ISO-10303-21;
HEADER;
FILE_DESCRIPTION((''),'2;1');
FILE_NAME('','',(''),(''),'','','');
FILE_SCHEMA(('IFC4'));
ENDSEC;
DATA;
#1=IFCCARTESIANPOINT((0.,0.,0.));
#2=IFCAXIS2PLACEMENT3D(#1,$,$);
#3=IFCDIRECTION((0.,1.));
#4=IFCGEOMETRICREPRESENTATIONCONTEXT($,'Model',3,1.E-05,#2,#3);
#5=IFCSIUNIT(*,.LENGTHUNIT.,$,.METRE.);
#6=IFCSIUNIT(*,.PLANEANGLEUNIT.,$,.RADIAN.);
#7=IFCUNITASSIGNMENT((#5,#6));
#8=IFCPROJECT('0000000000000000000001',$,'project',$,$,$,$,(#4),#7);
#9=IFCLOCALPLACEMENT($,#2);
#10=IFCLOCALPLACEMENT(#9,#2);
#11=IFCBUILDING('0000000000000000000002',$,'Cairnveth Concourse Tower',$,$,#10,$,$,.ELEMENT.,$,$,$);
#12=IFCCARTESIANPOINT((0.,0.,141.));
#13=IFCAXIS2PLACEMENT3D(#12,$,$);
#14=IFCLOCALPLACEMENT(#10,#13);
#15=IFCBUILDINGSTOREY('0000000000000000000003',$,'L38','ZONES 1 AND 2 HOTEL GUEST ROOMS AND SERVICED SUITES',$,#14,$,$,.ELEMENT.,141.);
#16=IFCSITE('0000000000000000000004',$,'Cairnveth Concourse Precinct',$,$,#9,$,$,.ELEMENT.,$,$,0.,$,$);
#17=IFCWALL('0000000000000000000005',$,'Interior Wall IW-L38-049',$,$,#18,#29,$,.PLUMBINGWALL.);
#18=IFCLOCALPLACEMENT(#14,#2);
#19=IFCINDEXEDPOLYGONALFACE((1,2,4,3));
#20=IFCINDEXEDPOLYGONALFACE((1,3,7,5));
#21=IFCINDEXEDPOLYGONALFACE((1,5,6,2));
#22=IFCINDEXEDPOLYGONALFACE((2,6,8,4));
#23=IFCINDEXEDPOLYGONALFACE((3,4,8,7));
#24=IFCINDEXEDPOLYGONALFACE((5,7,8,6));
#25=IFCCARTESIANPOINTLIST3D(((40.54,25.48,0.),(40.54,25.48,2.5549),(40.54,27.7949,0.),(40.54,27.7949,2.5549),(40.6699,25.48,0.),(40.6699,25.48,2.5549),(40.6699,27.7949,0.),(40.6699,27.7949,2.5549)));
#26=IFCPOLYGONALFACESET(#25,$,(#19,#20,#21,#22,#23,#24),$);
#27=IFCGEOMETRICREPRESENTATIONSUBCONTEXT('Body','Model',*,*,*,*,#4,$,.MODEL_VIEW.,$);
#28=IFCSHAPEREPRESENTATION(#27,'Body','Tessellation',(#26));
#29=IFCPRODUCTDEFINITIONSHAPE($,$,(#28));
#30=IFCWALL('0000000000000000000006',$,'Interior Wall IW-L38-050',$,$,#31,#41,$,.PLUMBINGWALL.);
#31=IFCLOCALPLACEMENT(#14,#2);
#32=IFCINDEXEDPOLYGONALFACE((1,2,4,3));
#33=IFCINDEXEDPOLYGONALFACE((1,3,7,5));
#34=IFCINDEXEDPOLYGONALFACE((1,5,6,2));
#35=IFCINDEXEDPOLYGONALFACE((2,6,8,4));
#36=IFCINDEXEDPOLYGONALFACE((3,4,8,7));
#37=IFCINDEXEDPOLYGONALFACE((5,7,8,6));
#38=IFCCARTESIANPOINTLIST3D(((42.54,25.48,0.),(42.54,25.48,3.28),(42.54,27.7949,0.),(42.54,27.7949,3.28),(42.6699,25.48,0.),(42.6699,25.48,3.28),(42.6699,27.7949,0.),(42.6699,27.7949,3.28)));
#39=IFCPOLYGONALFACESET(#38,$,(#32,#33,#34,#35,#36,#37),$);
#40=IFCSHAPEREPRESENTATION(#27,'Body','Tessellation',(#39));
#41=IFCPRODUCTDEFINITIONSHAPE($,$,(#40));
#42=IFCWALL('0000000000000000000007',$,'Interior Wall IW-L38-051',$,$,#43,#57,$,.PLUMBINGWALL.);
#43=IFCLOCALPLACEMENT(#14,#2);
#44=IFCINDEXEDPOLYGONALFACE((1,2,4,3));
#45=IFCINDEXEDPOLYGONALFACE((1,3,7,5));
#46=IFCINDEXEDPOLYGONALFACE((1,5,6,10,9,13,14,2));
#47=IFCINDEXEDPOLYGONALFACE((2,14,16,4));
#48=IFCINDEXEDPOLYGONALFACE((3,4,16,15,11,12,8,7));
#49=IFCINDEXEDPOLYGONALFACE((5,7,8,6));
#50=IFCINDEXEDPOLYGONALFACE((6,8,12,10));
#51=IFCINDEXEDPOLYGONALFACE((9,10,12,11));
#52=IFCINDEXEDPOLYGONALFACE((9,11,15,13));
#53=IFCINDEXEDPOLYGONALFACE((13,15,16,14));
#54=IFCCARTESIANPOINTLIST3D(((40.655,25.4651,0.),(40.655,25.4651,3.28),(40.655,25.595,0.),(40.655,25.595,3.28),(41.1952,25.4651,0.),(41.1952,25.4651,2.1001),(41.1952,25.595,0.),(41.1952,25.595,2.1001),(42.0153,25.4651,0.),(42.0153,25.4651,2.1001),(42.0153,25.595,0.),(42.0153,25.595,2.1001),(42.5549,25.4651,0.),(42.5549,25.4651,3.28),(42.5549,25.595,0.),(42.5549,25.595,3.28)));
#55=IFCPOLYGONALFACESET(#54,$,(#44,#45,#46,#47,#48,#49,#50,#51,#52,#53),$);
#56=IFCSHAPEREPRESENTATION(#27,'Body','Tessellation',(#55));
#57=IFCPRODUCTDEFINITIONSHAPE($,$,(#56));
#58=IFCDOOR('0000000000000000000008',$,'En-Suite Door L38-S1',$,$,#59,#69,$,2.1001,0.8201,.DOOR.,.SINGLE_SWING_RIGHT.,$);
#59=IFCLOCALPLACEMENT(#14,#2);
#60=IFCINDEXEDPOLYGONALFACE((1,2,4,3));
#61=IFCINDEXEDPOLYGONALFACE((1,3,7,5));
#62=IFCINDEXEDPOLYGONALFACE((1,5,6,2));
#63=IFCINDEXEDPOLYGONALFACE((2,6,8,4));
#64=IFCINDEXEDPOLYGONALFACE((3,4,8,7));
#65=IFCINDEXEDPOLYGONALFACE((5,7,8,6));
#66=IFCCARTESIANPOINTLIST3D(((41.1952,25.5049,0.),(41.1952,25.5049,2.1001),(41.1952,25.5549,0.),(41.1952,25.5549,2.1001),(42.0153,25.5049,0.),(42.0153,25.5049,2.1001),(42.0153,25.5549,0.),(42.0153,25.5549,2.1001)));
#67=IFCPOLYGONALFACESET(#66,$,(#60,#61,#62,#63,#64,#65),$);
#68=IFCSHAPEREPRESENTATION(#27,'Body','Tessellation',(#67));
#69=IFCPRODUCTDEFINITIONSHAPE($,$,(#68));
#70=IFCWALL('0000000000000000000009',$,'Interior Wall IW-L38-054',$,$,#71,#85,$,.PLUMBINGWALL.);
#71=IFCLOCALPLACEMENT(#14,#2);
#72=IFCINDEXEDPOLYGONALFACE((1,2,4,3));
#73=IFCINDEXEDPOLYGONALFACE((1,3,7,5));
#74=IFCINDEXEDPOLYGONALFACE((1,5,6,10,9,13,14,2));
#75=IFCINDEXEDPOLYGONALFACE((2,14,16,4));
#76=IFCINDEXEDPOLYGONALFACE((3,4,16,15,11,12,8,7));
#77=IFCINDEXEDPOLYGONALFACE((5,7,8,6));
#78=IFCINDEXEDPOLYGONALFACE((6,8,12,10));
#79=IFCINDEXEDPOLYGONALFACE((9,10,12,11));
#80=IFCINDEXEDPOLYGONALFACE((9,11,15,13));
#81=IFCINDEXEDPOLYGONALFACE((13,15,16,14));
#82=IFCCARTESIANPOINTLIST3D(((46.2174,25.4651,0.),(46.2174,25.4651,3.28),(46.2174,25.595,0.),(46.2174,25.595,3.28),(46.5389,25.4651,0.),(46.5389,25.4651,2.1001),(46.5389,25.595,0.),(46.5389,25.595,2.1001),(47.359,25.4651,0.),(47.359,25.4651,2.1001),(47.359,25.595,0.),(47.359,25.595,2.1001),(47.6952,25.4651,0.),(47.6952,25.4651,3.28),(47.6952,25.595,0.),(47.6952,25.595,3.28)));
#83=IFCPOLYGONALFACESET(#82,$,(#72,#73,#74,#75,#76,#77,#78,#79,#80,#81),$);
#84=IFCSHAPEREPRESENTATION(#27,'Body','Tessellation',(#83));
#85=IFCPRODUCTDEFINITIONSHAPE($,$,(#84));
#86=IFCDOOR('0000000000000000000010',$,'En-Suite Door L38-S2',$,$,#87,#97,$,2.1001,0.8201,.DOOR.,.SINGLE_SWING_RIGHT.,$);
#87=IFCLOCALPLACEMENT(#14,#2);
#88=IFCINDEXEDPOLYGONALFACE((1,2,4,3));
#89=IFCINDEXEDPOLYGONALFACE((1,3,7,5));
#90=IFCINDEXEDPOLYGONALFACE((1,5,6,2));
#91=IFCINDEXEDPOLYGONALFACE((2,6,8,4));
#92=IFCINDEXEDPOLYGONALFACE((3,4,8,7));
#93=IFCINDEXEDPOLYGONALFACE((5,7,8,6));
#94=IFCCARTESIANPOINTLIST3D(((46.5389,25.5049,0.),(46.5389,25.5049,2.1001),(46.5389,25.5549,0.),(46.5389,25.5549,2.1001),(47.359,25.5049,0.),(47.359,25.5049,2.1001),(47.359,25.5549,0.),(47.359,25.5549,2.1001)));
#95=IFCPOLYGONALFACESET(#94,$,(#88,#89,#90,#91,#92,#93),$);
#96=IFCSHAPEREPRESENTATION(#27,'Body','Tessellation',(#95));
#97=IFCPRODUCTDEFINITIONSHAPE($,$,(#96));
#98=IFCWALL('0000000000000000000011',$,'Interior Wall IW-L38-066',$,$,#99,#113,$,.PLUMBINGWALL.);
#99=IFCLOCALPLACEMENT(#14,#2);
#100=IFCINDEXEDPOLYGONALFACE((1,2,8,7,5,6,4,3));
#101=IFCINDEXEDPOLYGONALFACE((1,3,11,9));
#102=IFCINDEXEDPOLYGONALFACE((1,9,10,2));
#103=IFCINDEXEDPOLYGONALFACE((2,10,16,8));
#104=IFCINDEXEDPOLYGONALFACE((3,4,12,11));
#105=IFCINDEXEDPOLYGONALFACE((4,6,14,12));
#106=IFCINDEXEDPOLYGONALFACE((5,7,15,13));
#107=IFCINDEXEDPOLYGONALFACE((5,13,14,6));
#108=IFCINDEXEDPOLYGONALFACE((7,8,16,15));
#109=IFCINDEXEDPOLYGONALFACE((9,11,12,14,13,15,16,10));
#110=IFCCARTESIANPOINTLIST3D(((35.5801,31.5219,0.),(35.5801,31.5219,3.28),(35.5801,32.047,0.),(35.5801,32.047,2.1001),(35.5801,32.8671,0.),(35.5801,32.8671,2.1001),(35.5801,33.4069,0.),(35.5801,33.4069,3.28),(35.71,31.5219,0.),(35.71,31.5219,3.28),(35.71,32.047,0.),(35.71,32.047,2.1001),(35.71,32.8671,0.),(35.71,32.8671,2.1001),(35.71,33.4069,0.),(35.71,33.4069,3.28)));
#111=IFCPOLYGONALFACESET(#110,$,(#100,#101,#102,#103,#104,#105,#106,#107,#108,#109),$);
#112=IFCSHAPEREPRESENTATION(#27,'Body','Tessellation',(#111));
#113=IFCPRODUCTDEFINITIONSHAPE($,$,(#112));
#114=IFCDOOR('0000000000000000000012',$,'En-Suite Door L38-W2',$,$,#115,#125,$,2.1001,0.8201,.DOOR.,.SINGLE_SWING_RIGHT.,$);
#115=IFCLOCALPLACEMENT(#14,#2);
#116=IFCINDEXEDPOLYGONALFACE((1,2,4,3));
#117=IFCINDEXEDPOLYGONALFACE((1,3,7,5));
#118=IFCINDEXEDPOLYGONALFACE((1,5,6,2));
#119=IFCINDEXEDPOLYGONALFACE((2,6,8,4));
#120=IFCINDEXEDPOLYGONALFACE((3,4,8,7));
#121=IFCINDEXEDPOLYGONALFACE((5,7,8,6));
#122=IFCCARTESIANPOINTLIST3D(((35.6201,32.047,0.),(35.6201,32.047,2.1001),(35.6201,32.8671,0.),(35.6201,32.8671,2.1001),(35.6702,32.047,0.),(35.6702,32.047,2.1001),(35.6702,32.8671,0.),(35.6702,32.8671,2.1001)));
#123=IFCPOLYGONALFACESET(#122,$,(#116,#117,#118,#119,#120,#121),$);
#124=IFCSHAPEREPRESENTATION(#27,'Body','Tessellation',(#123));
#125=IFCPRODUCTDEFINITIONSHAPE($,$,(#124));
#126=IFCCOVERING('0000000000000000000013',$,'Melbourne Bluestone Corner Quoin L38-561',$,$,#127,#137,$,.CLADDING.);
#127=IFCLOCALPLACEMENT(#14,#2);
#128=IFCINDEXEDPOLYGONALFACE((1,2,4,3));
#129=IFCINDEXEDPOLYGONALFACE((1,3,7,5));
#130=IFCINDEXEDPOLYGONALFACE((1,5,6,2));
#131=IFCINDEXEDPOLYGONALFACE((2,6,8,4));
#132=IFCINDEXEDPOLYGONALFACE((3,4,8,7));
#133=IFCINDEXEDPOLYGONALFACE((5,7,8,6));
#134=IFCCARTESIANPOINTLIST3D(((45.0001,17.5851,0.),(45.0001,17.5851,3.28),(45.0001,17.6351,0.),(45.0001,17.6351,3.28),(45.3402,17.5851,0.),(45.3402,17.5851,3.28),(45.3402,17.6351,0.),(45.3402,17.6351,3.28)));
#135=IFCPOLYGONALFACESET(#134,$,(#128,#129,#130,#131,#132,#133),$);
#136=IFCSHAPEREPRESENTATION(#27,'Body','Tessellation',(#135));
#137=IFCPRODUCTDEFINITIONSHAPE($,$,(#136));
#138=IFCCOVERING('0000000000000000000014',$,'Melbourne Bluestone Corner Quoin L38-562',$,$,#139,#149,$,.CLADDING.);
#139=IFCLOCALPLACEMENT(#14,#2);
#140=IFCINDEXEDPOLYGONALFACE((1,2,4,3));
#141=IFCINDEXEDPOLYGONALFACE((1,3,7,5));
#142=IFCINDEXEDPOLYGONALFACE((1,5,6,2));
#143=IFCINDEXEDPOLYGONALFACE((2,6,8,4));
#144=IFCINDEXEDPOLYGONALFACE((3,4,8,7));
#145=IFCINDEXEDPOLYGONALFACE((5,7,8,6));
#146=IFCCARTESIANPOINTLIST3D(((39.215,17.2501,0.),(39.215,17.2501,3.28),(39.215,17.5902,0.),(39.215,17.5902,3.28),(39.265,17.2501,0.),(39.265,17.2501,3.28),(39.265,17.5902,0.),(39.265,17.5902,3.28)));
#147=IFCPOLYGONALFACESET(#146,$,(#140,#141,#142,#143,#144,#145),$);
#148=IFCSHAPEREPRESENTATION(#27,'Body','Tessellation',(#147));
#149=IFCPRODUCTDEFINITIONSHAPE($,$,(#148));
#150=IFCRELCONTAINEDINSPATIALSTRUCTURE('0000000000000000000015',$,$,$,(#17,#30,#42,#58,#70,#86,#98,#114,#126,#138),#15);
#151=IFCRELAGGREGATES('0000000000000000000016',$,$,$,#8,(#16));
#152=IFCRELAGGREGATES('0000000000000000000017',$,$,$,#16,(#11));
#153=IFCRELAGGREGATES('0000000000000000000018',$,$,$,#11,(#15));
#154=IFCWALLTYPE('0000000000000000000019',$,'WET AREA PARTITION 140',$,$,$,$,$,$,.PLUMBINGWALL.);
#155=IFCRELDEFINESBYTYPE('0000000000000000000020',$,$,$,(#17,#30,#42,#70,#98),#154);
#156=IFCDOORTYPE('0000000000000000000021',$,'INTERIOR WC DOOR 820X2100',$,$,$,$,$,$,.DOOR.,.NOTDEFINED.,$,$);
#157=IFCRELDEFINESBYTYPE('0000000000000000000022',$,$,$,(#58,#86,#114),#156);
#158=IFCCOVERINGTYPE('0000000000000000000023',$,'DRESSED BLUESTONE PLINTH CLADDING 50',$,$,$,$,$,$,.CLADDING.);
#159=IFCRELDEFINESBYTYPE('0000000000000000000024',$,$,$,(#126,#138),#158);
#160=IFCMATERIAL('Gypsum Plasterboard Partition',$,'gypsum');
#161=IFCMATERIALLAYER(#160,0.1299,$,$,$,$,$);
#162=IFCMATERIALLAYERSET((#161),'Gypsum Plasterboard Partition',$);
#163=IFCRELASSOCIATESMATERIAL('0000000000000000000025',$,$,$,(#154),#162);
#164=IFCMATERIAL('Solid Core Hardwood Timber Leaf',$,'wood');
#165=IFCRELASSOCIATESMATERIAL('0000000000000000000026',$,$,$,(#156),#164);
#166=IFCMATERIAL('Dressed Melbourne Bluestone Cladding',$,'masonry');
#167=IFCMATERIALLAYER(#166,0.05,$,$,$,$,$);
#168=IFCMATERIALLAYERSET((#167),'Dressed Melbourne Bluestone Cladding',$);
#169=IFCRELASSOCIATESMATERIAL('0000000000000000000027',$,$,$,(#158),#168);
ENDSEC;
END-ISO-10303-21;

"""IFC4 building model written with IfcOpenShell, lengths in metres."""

from ifc_helpers import new_model, si_unit, direction, frame, frame_2d, origin, place, context, subcontext, project, spatial, rectangle, extrude, material, layer, layer_set, type_object, element, fill, save


model = new_model("IFC4")

# Units and contexts
model_context = context("Model", 3, precision=1e-05, world=origin(), true_north=direction((0.0, 1.0)))
body_context = subcontext(model_context, "Body", "Model", "MODEL_VIEW")
ifc_project = project(units=[si_unit("LENGTHUNIT", "METRE"), si_unit("PLANEANGLEUNIT", "RADIAN")], contexts=[model_context])

# Site, building, storey
site_placement = place(None, origin())
site = spatial("IfcSite", under=ifc_project, at=site_placement, Name="Cairnveth Concourse Precinct", CompositionType="ELEMENT", RefElevation=0.0)
building_placement = place(site_placement, origin())
building = spatial("IfcBuilding", under=site, at=building_placement, Name="Cairnveth Concourse Tower", CompositionType="ELEMENT")
storey_placement = place(building_placement, frame((0.0, 0.0, 141.0)))
storey = spatial("IfcBuildingStorey", under=building, at=storey_placement, Name="L38", Description="ZONES 1 AND 2 HOTEL GUEST ROOMS AND SERVICED SUITES", CompositionType="ELEMENT", Elevation=141.0)

# Shared definitions
ifc_material_1 = material(Name="Gypsum Plasterboard Partition", Category="gypsum")

# Shared definitions
ifc_material_2 = material(Name="Solid Core Hardwood Timber Leaf", Category="wood")

# Walls
ifc_layer_1 = layer(ifc_material_1, 0.1299)
ifc_layer_set_1 = layer_set([ifc_layer_1], Name="Gypsum Plasterboard Partition")
wall_type_1 = type_object("IfcWallType", Name="WET AREA PARTITION 140", PredefinedType="PLUMBINGWALL", material=ifc_layer_set_1)
wall_1_placement = place(storey_placement, frame((40.605, 25.48, 0.0), z_axis=(0.0, 0.0, 1.0), x_axis=(0.0, 1.0, 0.0)))
element("IfcWall", 1, at=wall_1_placement, inside=storey, type_object=wall_type_1, Name="Interior Wall IW-L38-049", PredefinedType="PLUMBINGWALL", context=body_context, shape_type="SweptSolid", body=[
    extrude(rectangle(XDim=2.3149, YDim=0.1299, at=frame_2d((1.1575, 0.0))), origin(), (0.0, 0.0, 1.0), 2.5549),
])
wall_2_placement = place(storey_placement, frame((42.605, 25.48, 0.0), z_axis=(0.0, 0.0, 1.0), x_axis=(0.0, 1.0, 0.0)))
element("IfcWall", 2, at=wall_2_placement, inside=storey, type_object=wall_type_1, Name="Interior Wall IW-L38-050", PredefinedType="PLUMBINGWALL", context=body_context, shape_type="SweptSolid", body=[
    extrude(rectangle(XDim=2.3149, YDim=0.1299, at=frame_2d((1.1575, 0.0))), origin(), (0.0, 0.0, 1.0), 3.28),
])

# Walls, openings, doors
wall_3_placement = place(storey_placement, frame((40.655, 25.53, 0.0), z_axis=(0.0, 0.0, 1.0), x_axis=(1.0, 0.0, 0.0)))
wall_3 = element("IfcWall", 3, at=wall_3_placement, inside=storey, type_object=wall_type_1, Name="Interior Wall IW-L38-051", PredefinedType="PLUMBINGWALL", context=body_context, shape_type="SweptSolid", body=[
    extrude(rectangle(XDim=1.8999, YDim=0.1299, at=frame_2d((0.95, 0.0))), origin(), (0.0, 0.0, 1.0), 3.28),
])
opening_1_placement = place(wall_3_placement, frame((0.54, 0.0, 0.0)))
opening_1 = element("IfcOpeningElement", 4, at=opening_1_placement, cuts=wall_3, PredefinedType="OPENING", context=body_context, shape_type="SweptSolid", body=[
    extrude(rectangle(XDim=0.8201, YDim=2.1001, at=frame_2d((0.4102, 1.05))), frame((0.0, 0.075, 0.0), z_axis=(0.0, -1.0, 0.0), x_axis=(1.0, 0.0, 0.0)), (0.0, 0.0, 1.0), 0.1499),
])
door_type_1 = type_object("IfcDoorType", Name="INTERIOR WC DOOR 820X2100", OperationType="NOTDEFINED", PredefinedType="DOOR", material=ifc_material_2)
door_1_placement = place(opening_1_placement, origin())
door_1 = element("IfcDoor", 5, at=door_1_placement, inside=storey, type_object=door_type_1, Name="En-Suite Door L38-S1", OperationType="SINGLE_SWING_RIGHT", OverallHeight=2.1001, OverallWidth=0.8201, PredefinedType="DOOR", context=body_context, shape_type="SweptSolid", body=[
    extrude(rectangle(XDim=0.8201, YDim=2.1001, at=frame_2d((0.4102, 1.05))), frame((0.0, 0.0249, 0.0), z_axis=(0.0, -1.0, 0.0), x_axis=(1.0, 0.0, 0.0)), (0.0, 0.0, 1.0), 0.05),
])
fill(opening_1, door_1)
wall_4_placement = place(storey_placement, frame((46.2175, 25.53, 0.0), z_axis=(0.0, 0.0, 1.0), x_axis=(1.0, 0.0, 0.0)))
wall_4 = element("IfcWall", 6, at=wall_4_placement, inside=storey, type_object=wall_type_1, Name="Interior Wall IW-L38-054", PredefinedType="PLUMBINGWALL", context=body_context, shape_type="SweptSolid", body=[
    extrude(rectangle(XDim=1.4778, YDim=0.1299, at=frame_2d((0.7388, 0.0))), origin(), (0.0, 0.0, 1.0), 3.28),
])
opening_2_placement = place(wall_4_placement, frame((0.3213, 0.0, 0.0)))
opening_2 = element("IfcOpeningElement", 7, at=opening_2_placement, cuts=wall_4, PredefinedType="OPENING", context=body_context, shape_type="SweptSolid", body=[
    extrude(rectangle(XDim=0.8201, YDim=2.1001, at=frame_2d((0.4102, 1.05))), frame((0.0, 0.075, 0.0), z_axis=(0.0, -1.0, 0.0), x_axis=(1.0, 0.0, 0.0)), (0.0, 0.0, 1.0), 0.1499),
])
door_2_placement = place(opening_2_placement, origin())
door_2 = element("IfcDoor", 8, at=door_2_placement, inside=storey, type_object=door_type_1, Name="En-Suite Door L38-S2", OperationType="SINGLE_SWING_RIGHT", OverallHeight=2.1001, OverallWidth=0.8201, PredefinedType="DOOR", context=body_context, shape_type="SweptSolid", body=[
    extrude(rectangle(XDim=0.8201, YDim=2.1001, at=frame_2d((0.4102, 1.05))), frame((0.0, 0.0249, 0.0), z_axis=(0.0, -1.0, 0.0), x_axis=(1.0, 0.0, 0.0)), (0.0, 0.0, 1.0), 0.05),
])
fill(opening_2, door_2)
wall_5_placement = place(storey_placement, frame((35.645, 31.522, 0.0), z_axis=(0.0, 0.0, 1.0), x_axis=(0.0, 1.0, 0.0)))
wall_5 = element("IfcWall", 9, at=wall_5_placement, inside=storey, type_object=wall_type_1, Name="Interior Wall IW-L38-066", PredefinedType="PLUMBINGWALL", context=body_context, shape_type="SweptSolid", body=[
    extrude(rectangle(XDim=1.885, YDim=0.1299, at=frame_2d((0.9424, 0.0))), origin(), (0.0, 0.0, 1.0), 3.28),
])
opening_3_placement = place(wall_5_placement, frame((0.5249, 0.0, 0.0)))
opening_3 = element("IfcOpeningElement", 10, at=opening_3_placement, cuts=wall_5, PredefinedType="OPENING", context=body_context, shape_type="SweptSolid", body=[
    extrude(rectangle(XDim=0.8201, YDim=2.1001, at=frame_2d((0.4102, 1.05))), frame((0.0, 0.075, 0.0), z_axis=(0.0, -1.0, 0.0), x_axis=(1.0, 0.0, 0.0)), (0.0, 0.0, 1.0), 0.1499),
])
door_3_placement = place(opening_3_placement, origin())
door_3 = element("IfcDoor", 11, at=door_3_placement, inside=storey, type_object=door_type_1, Name="En-Suite Door L38-W2", OperationType="SINGLE_SWING_RIGHT", OverallHeight=2.1001, OverallWidth=0.8201, PredefinedType="DOOR", context=body_context, shape_type="SweptSolid", body=[
    extrude(rectangle(XDim=0.8201, YDim=2.1001, at=frame_2d((0.4102, 1.05))), frame((0.0, 0.0249, 0.0), z_axis=(0.0, -1.0, 0.0), x_axis=(1.0, 0.0, 0.0)), (0.0, 0.0, 1.0), 0.05),
])
fill(opening_3, door_3)

# Coverings
ifc_material_3 = material(Name="Dressed Melbourne Bluestone Cladding", Category="masonry")
ifc_layer_2 = layer(ifc_material_3, 0.05)
ifc_layer_set_2 = layer_set([ifc_layer_2], Name="Dressed Melbourne Bluestone Cladding")
covering_type = type_object("IfcCoveringType", Name="DRESSED BLUESTONE PLINTH CLADDING 50", PredefinedType="CLADDING", material=ifc_layer_set_2)
for number, where, z_axis, x_axis, name in (
    (12, (45.3401, 17.6101, 0.0), (0.0, 0.0, 1.0), (-1.0, 0.0, 0.0), "Melbourne Bluestone Corner Quoin L38-561"),
    (13, (39.24, 17.5901, 0.0), (0.0, 0.0, 1.0), (0.0, -1.0, 0.0), "Melbourne Bluestone Corner Quoin L38-562"),
):
    element("IfcCovering", number, at=place(storey_placement, frame(where, z_axis=z_axis, x_axis=x_axis)), inside=storey, type_object=covering_type, Name=name, PredefinedType="CLADDING", context=body_context, shape_type="SweptSolid", body=[
        extrude(rectangle(XDim=0.3401, YDim=0.05, at=frame_2d((0.1699, 0.0))), origin(), (0.0, 0.0, 1.0), 3.28),
    ])

save(model, "model.ifc")
